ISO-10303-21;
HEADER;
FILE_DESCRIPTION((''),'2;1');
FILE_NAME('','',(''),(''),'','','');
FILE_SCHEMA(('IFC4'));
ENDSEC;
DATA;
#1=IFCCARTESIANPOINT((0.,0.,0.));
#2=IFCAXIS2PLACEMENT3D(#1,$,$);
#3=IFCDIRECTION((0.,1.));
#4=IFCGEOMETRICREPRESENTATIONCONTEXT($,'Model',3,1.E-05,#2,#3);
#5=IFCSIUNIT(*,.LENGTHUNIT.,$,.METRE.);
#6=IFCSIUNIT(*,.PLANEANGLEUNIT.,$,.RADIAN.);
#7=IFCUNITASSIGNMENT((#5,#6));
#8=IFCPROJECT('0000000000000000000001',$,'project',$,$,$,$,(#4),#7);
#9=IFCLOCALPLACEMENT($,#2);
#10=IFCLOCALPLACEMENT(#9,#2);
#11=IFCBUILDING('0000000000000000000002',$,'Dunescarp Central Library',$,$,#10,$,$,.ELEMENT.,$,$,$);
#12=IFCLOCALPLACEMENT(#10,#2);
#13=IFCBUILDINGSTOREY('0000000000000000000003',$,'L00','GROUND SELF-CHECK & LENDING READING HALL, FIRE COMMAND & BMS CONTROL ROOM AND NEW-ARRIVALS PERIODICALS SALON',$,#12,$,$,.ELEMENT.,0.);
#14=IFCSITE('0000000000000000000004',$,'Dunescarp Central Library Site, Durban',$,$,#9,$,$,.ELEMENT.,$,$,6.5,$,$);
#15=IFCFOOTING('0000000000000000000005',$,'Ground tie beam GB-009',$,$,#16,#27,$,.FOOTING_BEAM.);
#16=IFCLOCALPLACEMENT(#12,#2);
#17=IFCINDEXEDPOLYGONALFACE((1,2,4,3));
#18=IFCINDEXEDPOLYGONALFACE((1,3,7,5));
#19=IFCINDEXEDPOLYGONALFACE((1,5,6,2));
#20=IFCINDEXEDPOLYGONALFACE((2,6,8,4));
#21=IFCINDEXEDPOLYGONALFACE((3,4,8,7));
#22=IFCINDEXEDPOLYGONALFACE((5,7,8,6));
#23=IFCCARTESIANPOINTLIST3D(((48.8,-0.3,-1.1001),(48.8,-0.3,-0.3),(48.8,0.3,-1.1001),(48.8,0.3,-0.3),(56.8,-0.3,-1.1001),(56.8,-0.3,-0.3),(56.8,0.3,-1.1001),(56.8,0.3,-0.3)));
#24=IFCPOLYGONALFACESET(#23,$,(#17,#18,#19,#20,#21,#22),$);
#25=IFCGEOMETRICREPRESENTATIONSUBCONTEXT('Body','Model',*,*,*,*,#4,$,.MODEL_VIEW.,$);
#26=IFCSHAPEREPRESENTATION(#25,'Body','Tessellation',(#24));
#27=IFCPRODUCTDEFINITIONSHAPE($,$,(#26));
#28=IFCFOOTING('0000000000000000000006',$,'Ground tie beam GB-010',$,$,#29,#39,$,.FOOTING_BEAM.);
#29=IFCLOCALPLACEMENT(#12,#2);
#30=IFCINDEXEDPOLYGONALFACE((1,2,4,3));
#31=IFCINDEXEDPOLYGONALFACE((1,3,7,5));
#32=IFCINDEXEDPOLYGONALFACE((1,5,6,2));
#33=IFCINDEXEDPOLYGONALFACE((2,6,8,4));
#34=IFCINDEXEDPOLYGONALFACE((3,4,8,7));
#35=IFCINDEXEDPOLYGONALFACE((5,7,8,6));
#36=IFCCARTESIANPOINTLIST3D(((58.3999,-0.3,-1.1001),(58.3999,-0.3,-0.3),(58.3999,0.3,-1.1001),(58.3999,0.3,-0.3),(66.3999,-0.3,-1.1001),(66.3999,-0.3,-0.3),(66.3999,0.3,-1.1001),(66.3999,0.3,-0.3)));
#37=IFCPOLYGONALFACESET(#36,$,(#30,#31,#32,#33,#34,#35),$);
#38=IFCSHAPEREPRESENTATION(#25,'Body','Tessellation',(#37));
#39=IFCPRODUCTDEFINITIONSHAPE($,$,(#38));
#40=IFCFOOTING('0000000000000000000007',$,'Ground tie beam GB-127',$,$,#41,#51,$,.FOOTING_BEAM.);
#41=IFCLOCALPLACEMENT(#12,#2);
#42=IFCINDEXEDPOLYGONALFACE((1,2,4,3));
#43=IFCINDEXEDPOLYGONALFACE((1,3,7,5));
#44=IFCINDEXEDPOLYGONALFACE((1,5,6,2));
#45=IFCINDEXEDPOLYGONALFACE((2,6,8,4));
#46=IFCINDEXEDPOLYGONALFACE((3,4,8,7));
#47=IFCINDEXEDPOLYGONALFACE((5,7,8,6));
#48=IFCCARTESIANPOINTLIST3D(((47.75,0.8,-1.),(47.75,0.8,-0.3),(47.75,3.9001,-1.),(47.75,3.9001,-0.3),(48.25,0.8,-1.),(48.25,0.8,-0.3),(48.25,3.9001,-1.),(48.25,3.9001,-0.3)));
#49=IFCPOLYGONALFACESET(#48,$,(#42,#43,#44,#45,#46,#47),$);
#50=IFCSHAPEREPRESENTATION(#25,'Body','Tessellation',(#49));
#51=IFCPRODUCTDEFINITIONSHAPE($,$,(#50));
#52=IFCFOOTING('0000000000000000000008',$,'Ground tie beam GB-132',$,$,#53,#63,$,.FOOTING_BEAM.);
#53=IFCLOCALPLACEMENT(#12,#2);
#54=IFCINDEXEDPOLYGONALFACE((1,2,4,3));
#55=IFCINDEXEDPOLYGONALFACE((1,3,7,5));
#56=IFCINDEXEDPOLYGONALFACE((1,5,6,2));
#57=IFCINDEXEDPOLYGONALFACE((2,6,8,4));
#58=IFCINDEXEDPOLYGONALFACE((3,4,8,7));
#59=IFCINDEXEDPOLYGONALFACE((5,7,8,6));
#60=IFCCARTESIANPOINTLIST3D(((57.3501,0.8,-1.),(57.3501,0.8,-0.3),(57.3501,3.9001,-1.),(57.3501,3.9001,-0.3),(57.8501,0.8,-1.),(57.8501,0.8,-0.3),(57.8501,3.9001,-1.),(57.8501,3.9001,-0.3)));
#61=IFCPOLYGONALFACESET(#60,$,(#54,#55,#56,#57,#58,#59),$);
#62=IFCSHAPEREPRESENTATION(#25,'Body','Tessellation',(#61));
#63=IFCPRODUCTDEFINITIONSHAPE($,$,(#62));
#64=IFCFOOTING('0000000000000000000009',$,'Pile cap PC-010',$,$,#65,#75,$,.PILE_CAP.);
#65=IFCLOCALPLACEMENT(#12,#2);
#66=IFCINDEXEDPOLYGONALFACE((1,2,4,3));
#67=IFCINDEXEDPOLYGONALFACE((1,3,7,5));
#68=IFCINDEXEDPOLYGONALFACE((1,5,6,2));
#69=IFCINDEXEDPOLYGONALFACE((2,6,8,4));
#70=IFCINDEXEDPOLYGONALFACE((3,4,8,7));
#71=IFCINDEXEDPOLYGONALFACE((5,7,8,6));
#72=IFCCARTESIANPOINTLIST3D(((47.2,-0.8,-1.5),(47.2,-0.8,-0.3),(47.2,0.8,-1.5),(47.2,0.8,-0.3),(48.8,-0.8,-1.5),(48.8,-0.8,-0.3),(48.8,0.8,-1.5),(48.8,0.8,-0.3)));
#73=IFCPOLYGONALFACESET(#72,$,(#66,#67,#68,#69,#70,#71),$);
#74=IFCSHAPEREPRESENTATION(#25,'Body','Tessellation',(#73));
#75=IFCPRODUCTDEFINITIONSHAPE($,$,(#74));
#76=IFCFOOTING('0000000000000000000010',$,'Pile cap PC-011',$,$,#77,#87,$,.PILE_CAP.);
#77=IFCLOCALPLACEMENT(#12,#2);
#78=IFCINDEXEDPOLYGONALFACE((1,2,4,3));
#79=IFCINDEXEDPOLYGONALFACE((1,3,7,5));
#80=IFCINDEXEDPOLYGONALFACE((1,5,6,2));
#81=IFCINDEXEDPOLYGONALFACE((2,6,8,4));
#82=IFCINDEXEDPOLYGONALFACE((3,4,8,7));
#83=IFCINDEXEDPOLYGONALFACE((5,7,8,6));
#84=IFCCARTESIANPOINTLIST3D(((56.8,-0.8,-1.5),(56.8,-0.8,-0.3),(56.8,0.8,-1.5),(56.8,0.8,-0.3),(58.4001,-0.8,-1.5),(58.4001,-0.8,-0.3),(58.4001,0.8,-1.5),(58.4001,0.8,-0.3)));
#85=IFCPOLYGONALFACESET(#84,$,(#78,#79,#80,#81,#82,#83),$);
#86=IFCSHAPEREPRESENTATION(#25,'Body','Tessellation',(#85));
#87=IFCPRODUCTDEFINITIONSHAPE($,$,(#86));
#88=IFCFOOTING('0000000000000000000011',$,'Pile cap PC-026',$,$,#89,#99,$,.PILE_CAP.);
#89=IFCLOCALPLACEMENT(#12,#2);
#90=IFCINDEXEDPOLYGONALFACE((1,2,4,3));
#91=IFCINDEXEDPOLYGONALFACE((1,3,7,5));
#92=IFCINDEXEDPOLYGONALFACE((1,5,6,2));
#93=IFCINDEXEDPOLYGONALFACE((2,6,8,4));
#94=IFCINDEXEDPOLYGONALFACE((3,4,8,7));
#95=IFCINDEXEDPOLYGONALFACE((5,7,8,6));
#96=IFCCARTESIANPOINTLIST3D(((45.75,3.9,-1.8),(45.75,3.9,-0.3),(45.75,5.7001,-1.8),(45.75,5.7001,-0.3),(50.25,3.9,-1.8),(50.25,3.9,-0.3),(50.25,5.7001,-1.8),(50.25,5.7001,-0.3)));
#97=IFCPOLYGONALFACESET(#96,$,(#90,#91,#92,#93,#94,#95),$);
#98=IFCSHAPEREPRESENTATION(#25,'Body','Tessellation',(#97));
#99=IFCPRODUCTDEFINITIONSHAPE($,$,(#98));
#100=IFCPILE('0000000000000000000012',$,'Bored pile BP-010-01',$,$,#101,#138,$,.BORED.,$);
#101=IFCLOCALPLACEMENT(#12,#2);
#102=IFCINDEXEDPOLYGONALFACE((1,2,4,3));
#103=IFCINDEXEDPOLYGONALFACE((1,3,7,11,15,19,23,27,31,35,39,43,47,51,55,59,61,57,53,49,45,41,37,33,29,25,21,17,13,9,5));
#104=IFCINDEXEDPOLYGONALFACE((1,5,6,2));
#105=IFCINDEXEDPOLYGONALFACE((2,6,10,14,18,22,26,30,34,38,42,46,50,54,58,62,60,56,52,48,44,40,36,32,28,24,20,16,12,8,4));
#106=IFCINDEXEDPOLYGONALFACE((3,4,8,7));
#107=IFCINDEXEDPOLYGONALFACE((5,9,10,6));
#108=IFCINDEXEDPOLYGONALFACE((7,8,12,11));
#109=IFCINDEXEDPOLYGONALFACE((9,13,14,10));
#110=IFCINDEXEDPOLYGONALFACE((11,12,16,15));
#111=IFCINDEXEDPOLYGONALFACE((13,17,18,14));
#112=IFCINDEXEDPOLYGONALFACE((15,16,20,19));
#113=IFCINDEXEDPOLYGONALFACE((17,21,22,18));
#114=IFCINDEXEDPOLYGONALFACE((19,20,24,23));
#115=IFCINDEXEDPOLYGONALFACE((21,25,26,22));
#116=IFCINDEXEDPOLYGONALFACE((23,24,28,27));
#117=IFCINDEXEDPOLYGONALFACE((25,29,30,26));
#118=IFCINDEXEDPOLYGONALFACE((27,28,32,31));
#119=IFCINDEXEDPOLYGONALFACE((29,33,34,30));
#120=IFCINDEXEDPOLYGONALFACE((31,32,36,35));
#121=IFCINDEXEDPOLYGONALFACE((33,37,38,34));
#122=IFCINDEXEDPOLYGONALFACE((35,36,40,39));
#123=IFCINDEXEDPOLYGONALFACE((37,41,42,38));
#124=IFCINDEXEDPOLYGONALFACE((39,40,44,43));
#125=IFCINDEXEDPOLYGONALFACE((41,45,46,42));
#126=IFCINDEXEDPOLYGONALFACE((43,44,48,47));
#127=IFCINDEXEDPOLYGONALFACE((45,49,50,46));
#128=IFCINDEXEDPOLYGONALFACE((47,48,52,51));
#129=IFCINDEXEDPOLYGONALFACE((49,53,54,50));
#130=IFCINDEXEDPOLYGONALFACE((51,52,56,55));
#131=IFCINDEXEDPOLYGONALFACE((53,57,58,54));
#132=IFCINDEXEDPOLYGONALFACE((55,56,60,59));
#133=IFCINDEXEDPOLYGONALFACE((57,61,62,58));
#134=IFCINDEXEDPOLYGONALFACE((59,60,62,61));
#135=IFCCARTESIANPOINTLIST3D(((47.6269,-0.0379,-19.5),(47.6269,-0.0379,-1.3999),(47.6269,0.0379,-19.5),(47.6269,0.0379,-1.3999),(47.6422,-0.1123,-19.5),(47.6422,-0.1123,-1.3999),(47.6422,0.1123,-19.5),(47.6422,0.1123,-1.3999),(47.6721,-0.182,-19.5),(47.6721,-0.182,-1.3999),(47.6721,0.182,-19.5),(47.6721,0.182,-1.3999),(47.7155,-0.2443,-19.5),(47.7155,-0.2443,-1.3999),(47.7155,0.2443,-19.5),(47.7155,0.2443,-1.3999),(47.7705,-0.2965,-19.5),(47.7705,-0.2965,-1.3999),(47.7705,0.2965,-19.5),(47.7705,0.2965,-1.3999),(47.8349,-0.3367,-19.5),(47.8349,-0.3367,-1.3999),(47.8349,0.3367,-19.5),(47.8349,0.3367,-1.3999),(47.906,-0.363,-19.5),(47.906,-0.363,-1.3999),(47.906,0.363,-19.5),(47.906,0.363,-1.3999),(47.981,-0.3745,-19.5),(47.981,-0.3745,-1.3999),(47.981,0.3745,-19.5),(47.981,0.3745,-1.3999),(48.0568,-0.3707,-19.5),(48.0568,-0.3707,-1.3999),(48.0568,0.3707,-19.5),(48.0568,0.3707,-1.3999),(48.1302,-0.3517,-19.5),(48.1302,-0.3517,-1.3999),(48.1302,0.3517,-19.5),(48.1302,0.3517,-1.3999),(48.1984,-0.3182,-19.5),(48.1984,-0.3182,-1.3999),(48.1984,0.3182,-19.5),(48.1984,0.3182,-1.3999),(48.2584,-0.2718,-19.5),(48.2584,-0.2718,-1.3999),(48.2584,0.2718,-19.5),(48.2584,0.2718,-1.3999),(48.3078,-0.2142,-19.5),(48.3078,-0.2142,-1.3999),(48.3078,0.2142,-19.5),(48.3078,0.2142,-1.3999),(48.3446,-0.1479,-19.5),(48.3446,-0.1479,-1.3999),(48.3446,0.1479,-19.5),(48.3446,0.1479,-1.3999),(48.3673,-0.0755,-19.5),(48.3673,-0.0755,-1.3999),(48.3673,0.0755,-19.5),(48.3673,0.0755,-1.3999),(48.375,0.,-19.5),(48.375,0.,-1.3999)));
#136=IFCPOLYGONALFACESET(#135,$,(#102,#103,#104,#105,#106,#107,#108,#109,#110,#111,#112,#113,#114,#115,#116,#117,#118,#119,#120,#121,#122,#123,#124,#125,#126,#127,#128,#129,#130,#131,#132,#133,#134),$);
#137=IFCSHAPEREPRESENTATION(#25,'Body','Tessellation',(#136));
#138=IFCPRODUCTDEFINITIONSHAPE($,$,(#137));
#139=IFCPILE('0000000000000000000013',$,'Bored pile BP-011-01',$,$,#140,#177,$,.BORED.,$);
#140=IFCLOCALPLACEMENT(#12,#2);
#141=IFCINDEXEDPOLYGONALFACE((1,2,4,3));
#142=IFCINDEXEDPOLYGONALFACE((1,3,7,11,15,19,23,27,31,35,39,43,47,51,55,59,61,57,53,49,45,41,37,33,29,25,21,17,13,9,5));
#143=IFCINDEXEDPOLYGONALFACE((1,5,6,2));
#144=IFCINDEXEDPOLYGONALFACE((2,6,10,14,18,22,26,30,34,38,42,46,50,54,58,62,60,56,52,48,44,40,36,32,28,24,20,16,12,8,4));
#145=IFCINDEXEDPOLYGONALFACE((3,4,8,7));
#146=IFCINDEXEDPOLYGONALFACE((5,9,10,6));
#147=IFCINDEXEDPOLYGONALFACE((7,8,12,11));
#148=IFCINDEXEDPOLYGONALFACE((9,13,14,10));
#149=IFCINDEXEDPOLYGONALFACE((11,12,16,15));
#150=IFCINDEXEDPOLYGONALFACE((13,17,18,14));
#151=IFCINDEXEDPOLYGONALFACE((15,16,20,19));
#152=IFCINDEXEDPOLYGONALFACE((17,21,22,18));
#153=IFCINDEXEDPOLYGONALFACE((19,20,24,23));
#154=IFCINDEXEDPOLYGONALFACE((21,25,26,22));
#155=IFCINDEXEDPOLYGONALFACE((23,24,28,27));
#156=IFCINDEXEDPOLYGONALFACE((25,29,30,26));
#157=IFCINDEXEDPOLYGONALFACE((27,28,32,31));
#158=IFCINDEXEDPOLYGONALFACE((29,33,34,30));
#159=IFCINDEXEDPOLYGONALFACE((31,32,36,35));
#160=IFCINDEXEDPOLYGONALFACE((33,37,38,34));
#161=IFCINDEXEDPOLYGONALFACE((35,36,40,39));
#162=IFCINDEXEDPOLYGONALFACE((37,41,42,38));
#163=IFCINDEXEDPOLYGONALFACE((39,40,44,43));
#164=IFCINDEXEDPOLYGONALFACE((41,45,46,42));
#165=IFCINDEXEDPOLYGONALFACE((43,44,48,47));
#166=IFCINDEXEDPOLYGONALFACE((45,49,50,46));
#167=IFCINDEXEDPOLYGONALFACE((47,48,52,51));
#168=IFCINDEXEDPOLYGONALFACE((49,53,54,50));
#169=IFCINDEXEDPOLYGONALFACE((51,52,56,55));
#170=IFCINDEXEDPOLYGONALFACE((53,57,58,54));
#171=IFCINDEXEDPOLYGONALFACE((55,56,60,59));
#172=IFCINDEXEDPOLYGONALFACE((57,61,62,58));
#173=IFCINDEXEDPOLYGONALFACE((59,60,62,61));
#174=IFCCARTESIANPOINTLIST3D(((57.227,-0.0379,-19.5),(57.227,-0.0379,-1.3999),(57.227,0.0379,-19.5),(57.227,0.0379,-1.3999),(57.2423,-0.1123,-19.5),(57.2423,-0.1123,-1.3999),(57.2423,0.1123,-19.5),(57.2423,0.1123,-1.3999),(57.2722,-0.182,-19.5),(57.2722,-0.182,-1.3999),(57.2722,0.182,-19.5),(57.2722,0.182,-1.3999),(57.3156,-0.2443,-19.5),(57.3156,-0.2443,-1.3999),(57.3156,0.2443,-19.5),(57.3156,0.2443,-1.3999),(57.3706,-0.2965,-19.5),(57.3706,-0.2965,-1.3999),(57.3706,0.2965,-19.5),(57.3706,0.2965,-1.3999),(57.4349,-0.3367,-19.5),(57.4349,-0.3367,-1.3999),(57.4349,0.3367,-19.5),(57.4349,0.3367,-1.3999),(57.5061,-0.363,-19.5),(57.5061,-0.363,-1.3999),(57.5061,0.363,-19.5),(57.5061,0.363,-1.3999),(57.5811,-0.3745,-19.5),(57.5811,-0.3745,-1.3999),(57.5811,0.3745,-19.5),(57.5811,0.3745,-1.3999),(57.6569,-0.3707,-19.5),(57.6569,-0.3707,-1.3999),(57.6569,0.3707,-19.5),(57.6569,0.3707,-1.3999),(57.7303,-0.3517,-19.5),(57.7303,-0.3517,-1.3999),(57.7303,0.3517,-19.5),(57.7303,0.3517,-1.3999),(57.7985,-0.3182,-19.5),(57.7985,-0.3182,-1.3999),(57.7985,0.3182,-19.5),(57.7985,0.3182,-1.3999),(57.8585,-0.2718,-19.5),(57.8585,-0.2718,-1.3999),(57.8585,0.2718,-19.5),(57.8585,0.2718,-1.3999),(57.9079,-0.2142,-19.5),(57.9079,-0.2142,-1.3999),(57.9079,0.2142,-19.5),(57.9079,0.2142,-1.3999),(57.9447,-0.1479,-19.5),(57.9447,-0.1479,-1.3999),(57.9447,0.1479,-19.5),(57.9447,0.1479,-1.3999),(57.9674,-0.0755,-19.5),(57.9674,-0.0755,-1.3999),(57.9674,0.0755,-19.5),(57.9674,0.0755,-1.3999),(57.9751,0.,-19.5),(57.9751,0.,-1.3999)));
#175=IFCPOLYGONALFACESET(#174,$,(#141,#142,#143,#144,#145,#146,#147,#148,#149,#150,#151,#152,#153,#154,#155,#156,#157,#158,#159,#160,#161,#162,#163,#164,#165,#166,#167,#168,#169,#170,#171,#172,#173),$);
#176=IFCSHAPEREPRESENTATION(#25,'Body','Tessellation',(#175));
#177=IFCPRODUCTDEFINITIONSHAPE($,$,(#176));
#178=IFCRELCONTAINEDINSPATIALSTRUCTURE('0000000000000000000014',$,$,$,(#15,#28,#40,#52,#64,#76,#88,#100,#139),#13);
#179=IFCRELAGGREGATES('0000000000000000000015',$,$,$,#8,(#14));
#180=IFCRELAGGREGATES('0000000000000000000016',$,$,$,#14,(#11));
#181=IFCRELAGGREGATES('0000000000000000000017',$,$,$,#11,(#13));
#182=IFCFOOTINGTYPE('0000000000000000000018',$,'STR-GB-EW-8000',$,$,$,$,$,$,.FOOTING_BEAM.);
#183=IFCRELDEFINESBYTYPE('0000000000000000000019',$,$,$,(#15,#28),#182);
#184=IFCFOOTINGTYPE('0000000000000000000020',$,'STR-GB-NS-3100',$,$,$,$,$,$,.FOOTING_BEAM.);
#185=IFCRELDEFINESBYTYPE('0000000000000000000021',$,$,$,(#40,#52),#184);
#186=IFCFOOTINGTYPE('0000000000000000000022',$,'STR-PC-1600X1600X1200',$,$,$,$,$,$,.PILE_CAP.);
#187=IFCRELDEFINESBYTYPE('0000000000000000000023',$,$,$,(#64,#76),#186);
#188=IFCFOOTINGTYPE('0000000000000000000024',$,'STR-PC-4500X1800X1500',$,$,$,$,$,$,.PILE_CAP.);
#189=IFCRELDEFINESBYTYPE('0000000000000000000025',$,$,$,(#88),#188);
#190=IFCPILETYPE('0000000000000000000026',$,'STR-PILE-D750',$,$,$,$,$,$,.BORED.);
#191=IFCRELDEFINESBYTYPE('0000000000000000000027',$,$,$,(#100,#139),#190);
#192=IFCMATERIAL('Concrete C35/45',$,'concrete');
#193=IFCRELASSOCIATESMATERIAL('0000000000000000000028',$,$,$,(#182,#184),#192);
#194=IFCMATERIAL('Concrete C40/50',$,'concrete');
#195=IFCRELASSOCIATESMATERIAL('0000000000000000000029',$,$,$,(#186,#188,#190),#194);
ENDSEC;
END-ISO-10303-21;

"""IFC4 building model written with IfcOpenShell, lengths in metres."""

from ifc_helpers import new_model, si_unit, direction, frame, origin, origin_2d, place, context, subcontext, project, spatial, rectangle, circle, extrude, material, material_profile, profile_set, type_object, element, save


model = new_model("IFC4")

# Units and contexts
model_context = context("Model", 3, precision=1e-05, world=origin(), true_north=direction((0.0, 1.0)))
body_context = subcontext(model_context, "Body", "Model", "MODEL_VIEW")
ifc_project = project(units=[si_unit("LENGTHUNIT", "METRE"), si_unit("PLANEANGLEUNIT", "RADIAN")], contexts=[model_context])

# Site, building, storey
site_placement = place(None, origin())
site = spatial("IfcSite", under=ifc_project, at=site_placement, Name="Dunescarp Central Library Site, Durban", CompositionType="ELEMENT", RefElevation=6.5)
building_placement = place(site_placement, origin())
building = spatial("IfcBuilding", under=site, at=building_placement, Name="Dunescarp Central Library", CompositionType="ELEMENT")
storey_placement = place(building_placement, origin())
storey = spatial("IfcBuildingStorey", under=building, at=storey_placement, Name="L00", Description="GROUND SELF-CHECK & LENDING READING HALL, FIRE COMMAND & BMS CONTROL ROOM AND NEW-ARRIVALS PERIODICALS SALON", CompositionType="ELEMENT", Elevation=0.0)

# Footings
ifc_material_1 = material(Name="Concrete C35/45", Category="concrete")
footing_type_1 = type_object("IfcFootingType", Name="STR-GB-EW-8000", PredefinedType="FOOTING_BEAM", material=ifc_material_1)
for number, where, z_axis, x_axis, name in (
    (1, (52.8, 0.0, -1.1001), (0.0, 0.0, 1.0), (1.0, 0.0, 0.0), "Ground tie beam GB-009"),
    (2, (62.3999, 0.0, -1.1001), (0.0, 0.0, 1.0), (1.0, 0.0, 0.0), "Ground tie beam GB-010"),
):
    element("IfcFooting", number, at=place(storey_placement, frame(where, z_axis=z_axis, x_axis=x_axis)), inside=storey, type_object=footing_type_1, Name=name, PredefinedType="FOOTING_BEAM", context=body_context, shape_type="SweptSolid", body=[
        extrude(rectangle(XDim=8.0, YDim=0.6001, at=origin_2d()), origin(), (0.0, 0.0, 1.0), 0.8),
    ])
footing_type_2 = type_object("IfcFootingType", Name="STR-GB-NS-3100", PredefinedType="FOOTING_BEAM", material=ifc_material_1)
for number, where, z_axis, x_axis, name in (
    (3, (48.0, 2.3501, -1.0), (0.0, 0.0, 1.0), (0.0, 1.0, 0.0), "Ground tie beam GB-127"),
    (4, (57.6001, 2.3501, -1.0), (0.0, 0.0, 1.0), (0.0, 1.0, 0.0), "Ground tie beam GB-132"),
):
    element("IfcFooting", number, at=place(storey_placement, frame(where, z_axis=z_axis, x_axis=x_axis)), inside=storey, type_object=footing_type_2, Name=name, PredefinedType="FOOTING_BEAM", context=body_context, shape_type="SweptSolid", body=[
        extrude(rectangle(XDim=3.1001, YDim=0.5, at=origin_2d()), origin(), (0.0, 0.0, 1.0), 0.7),
    ])
ifc_material_2 = material(Name="Concrete C40/50", Category="concrete")
footing_type_3 = type_object("IfcFootingType", Name="STR-PC-1600X1600X1200", PredefinedType="PILE_CAP", material=ifc_material_2)
for number, where, z_axis, x_axis, name in (
    (5, (48.0, 0.0, -1.5), (0.0, 0.0, 1.0), (1.0, 0.0, 0.0), "Pile cap PC-010"),
    (6, (57.6001, 0.0, -1.5), (0.0, 0.0, 1.0), (1.0, 0.0, 0.0), "Pile cap PC-011"),
):
    element("IfcFooting", number, at=place(storey_placement, frame(where, z_axis=z_axis, x_axis=x_axis)), inside=storey, type_object=footing_type_3, Name=name, PredefinedType="PILE_CAP", context=body_context, shape_type="SweptSolid", body=[
        extrude(rectangle(XDim=1.6001, YDim=1.6001, at=origin_2d()), origin(), (0.0, 0.0, 1.0), 1.2),
    ])
footing_type_4 = type_object("IfcFootingType", Name="STR-PC-4500X1800X1500", PredefinedType="PILE_CAP", material=ifc_material_2)
footing_placement = place(storey_placement, frame((48.0, 4.8, -1.8), z_axis=(0.0, 0.0, 1.0), x_axis=(1.0, 0.0, 0.0)))
element("IfcFooting", 7, at=footing_placement, inside=storey, type_object=footing_type_4, Name="Pile cap PC-026", PredefinedType="PILE_CAP", context=body_context, shape_type="SweptSolid", body=[
    extrude(rectangle(XDim=4.5, YDim=1.8, at=origin_2d()), origin(), (0.0, 0.0, 1.0), 1.5),
])

# Piles
ifc_material_profile_1 = material_profile(ifc_material_2, circle(Radius=0.375, at=origin_2d()), Name="PILE D750")
ifc_profile_set_1 = profile_set([ifc_material_profile_1], Name="Concrete C40/50")
pile_type = type_object("IfcPileType", Name="STR-PILE-D750", PredefinedType="BORED", material=ifc_profile_set_1)
for number, where, z_axis, x_axis, name in (
    (8, (48.0, 0.0, -1.3999), (0.0, 0.0, -1.0), (1.0, 0.0, 0.0), "Bored pile BP-010-01"),
    (9, (57.6001, 0.0, -1.3999), (0.0, 0.0, -1.0), (1.0, 0.0, 0.0), "Bored pile BP-011-01"),
):
    element("IfcPile", number, at=place(storey_placement, frame(where, z_axis=z_axis, x_axis=x_axis)), inside=storey, type_object=pile_type, Name=name, PredefinedType="BORED", context=body_context, shape_type="SweptSolid", body=[
        extrude(circle(Radius=0.375, at=origin_2d()), origin(), (0.0, 0.0, 1.0), 18.1001),
    ])

save(model, "model.ifc")
